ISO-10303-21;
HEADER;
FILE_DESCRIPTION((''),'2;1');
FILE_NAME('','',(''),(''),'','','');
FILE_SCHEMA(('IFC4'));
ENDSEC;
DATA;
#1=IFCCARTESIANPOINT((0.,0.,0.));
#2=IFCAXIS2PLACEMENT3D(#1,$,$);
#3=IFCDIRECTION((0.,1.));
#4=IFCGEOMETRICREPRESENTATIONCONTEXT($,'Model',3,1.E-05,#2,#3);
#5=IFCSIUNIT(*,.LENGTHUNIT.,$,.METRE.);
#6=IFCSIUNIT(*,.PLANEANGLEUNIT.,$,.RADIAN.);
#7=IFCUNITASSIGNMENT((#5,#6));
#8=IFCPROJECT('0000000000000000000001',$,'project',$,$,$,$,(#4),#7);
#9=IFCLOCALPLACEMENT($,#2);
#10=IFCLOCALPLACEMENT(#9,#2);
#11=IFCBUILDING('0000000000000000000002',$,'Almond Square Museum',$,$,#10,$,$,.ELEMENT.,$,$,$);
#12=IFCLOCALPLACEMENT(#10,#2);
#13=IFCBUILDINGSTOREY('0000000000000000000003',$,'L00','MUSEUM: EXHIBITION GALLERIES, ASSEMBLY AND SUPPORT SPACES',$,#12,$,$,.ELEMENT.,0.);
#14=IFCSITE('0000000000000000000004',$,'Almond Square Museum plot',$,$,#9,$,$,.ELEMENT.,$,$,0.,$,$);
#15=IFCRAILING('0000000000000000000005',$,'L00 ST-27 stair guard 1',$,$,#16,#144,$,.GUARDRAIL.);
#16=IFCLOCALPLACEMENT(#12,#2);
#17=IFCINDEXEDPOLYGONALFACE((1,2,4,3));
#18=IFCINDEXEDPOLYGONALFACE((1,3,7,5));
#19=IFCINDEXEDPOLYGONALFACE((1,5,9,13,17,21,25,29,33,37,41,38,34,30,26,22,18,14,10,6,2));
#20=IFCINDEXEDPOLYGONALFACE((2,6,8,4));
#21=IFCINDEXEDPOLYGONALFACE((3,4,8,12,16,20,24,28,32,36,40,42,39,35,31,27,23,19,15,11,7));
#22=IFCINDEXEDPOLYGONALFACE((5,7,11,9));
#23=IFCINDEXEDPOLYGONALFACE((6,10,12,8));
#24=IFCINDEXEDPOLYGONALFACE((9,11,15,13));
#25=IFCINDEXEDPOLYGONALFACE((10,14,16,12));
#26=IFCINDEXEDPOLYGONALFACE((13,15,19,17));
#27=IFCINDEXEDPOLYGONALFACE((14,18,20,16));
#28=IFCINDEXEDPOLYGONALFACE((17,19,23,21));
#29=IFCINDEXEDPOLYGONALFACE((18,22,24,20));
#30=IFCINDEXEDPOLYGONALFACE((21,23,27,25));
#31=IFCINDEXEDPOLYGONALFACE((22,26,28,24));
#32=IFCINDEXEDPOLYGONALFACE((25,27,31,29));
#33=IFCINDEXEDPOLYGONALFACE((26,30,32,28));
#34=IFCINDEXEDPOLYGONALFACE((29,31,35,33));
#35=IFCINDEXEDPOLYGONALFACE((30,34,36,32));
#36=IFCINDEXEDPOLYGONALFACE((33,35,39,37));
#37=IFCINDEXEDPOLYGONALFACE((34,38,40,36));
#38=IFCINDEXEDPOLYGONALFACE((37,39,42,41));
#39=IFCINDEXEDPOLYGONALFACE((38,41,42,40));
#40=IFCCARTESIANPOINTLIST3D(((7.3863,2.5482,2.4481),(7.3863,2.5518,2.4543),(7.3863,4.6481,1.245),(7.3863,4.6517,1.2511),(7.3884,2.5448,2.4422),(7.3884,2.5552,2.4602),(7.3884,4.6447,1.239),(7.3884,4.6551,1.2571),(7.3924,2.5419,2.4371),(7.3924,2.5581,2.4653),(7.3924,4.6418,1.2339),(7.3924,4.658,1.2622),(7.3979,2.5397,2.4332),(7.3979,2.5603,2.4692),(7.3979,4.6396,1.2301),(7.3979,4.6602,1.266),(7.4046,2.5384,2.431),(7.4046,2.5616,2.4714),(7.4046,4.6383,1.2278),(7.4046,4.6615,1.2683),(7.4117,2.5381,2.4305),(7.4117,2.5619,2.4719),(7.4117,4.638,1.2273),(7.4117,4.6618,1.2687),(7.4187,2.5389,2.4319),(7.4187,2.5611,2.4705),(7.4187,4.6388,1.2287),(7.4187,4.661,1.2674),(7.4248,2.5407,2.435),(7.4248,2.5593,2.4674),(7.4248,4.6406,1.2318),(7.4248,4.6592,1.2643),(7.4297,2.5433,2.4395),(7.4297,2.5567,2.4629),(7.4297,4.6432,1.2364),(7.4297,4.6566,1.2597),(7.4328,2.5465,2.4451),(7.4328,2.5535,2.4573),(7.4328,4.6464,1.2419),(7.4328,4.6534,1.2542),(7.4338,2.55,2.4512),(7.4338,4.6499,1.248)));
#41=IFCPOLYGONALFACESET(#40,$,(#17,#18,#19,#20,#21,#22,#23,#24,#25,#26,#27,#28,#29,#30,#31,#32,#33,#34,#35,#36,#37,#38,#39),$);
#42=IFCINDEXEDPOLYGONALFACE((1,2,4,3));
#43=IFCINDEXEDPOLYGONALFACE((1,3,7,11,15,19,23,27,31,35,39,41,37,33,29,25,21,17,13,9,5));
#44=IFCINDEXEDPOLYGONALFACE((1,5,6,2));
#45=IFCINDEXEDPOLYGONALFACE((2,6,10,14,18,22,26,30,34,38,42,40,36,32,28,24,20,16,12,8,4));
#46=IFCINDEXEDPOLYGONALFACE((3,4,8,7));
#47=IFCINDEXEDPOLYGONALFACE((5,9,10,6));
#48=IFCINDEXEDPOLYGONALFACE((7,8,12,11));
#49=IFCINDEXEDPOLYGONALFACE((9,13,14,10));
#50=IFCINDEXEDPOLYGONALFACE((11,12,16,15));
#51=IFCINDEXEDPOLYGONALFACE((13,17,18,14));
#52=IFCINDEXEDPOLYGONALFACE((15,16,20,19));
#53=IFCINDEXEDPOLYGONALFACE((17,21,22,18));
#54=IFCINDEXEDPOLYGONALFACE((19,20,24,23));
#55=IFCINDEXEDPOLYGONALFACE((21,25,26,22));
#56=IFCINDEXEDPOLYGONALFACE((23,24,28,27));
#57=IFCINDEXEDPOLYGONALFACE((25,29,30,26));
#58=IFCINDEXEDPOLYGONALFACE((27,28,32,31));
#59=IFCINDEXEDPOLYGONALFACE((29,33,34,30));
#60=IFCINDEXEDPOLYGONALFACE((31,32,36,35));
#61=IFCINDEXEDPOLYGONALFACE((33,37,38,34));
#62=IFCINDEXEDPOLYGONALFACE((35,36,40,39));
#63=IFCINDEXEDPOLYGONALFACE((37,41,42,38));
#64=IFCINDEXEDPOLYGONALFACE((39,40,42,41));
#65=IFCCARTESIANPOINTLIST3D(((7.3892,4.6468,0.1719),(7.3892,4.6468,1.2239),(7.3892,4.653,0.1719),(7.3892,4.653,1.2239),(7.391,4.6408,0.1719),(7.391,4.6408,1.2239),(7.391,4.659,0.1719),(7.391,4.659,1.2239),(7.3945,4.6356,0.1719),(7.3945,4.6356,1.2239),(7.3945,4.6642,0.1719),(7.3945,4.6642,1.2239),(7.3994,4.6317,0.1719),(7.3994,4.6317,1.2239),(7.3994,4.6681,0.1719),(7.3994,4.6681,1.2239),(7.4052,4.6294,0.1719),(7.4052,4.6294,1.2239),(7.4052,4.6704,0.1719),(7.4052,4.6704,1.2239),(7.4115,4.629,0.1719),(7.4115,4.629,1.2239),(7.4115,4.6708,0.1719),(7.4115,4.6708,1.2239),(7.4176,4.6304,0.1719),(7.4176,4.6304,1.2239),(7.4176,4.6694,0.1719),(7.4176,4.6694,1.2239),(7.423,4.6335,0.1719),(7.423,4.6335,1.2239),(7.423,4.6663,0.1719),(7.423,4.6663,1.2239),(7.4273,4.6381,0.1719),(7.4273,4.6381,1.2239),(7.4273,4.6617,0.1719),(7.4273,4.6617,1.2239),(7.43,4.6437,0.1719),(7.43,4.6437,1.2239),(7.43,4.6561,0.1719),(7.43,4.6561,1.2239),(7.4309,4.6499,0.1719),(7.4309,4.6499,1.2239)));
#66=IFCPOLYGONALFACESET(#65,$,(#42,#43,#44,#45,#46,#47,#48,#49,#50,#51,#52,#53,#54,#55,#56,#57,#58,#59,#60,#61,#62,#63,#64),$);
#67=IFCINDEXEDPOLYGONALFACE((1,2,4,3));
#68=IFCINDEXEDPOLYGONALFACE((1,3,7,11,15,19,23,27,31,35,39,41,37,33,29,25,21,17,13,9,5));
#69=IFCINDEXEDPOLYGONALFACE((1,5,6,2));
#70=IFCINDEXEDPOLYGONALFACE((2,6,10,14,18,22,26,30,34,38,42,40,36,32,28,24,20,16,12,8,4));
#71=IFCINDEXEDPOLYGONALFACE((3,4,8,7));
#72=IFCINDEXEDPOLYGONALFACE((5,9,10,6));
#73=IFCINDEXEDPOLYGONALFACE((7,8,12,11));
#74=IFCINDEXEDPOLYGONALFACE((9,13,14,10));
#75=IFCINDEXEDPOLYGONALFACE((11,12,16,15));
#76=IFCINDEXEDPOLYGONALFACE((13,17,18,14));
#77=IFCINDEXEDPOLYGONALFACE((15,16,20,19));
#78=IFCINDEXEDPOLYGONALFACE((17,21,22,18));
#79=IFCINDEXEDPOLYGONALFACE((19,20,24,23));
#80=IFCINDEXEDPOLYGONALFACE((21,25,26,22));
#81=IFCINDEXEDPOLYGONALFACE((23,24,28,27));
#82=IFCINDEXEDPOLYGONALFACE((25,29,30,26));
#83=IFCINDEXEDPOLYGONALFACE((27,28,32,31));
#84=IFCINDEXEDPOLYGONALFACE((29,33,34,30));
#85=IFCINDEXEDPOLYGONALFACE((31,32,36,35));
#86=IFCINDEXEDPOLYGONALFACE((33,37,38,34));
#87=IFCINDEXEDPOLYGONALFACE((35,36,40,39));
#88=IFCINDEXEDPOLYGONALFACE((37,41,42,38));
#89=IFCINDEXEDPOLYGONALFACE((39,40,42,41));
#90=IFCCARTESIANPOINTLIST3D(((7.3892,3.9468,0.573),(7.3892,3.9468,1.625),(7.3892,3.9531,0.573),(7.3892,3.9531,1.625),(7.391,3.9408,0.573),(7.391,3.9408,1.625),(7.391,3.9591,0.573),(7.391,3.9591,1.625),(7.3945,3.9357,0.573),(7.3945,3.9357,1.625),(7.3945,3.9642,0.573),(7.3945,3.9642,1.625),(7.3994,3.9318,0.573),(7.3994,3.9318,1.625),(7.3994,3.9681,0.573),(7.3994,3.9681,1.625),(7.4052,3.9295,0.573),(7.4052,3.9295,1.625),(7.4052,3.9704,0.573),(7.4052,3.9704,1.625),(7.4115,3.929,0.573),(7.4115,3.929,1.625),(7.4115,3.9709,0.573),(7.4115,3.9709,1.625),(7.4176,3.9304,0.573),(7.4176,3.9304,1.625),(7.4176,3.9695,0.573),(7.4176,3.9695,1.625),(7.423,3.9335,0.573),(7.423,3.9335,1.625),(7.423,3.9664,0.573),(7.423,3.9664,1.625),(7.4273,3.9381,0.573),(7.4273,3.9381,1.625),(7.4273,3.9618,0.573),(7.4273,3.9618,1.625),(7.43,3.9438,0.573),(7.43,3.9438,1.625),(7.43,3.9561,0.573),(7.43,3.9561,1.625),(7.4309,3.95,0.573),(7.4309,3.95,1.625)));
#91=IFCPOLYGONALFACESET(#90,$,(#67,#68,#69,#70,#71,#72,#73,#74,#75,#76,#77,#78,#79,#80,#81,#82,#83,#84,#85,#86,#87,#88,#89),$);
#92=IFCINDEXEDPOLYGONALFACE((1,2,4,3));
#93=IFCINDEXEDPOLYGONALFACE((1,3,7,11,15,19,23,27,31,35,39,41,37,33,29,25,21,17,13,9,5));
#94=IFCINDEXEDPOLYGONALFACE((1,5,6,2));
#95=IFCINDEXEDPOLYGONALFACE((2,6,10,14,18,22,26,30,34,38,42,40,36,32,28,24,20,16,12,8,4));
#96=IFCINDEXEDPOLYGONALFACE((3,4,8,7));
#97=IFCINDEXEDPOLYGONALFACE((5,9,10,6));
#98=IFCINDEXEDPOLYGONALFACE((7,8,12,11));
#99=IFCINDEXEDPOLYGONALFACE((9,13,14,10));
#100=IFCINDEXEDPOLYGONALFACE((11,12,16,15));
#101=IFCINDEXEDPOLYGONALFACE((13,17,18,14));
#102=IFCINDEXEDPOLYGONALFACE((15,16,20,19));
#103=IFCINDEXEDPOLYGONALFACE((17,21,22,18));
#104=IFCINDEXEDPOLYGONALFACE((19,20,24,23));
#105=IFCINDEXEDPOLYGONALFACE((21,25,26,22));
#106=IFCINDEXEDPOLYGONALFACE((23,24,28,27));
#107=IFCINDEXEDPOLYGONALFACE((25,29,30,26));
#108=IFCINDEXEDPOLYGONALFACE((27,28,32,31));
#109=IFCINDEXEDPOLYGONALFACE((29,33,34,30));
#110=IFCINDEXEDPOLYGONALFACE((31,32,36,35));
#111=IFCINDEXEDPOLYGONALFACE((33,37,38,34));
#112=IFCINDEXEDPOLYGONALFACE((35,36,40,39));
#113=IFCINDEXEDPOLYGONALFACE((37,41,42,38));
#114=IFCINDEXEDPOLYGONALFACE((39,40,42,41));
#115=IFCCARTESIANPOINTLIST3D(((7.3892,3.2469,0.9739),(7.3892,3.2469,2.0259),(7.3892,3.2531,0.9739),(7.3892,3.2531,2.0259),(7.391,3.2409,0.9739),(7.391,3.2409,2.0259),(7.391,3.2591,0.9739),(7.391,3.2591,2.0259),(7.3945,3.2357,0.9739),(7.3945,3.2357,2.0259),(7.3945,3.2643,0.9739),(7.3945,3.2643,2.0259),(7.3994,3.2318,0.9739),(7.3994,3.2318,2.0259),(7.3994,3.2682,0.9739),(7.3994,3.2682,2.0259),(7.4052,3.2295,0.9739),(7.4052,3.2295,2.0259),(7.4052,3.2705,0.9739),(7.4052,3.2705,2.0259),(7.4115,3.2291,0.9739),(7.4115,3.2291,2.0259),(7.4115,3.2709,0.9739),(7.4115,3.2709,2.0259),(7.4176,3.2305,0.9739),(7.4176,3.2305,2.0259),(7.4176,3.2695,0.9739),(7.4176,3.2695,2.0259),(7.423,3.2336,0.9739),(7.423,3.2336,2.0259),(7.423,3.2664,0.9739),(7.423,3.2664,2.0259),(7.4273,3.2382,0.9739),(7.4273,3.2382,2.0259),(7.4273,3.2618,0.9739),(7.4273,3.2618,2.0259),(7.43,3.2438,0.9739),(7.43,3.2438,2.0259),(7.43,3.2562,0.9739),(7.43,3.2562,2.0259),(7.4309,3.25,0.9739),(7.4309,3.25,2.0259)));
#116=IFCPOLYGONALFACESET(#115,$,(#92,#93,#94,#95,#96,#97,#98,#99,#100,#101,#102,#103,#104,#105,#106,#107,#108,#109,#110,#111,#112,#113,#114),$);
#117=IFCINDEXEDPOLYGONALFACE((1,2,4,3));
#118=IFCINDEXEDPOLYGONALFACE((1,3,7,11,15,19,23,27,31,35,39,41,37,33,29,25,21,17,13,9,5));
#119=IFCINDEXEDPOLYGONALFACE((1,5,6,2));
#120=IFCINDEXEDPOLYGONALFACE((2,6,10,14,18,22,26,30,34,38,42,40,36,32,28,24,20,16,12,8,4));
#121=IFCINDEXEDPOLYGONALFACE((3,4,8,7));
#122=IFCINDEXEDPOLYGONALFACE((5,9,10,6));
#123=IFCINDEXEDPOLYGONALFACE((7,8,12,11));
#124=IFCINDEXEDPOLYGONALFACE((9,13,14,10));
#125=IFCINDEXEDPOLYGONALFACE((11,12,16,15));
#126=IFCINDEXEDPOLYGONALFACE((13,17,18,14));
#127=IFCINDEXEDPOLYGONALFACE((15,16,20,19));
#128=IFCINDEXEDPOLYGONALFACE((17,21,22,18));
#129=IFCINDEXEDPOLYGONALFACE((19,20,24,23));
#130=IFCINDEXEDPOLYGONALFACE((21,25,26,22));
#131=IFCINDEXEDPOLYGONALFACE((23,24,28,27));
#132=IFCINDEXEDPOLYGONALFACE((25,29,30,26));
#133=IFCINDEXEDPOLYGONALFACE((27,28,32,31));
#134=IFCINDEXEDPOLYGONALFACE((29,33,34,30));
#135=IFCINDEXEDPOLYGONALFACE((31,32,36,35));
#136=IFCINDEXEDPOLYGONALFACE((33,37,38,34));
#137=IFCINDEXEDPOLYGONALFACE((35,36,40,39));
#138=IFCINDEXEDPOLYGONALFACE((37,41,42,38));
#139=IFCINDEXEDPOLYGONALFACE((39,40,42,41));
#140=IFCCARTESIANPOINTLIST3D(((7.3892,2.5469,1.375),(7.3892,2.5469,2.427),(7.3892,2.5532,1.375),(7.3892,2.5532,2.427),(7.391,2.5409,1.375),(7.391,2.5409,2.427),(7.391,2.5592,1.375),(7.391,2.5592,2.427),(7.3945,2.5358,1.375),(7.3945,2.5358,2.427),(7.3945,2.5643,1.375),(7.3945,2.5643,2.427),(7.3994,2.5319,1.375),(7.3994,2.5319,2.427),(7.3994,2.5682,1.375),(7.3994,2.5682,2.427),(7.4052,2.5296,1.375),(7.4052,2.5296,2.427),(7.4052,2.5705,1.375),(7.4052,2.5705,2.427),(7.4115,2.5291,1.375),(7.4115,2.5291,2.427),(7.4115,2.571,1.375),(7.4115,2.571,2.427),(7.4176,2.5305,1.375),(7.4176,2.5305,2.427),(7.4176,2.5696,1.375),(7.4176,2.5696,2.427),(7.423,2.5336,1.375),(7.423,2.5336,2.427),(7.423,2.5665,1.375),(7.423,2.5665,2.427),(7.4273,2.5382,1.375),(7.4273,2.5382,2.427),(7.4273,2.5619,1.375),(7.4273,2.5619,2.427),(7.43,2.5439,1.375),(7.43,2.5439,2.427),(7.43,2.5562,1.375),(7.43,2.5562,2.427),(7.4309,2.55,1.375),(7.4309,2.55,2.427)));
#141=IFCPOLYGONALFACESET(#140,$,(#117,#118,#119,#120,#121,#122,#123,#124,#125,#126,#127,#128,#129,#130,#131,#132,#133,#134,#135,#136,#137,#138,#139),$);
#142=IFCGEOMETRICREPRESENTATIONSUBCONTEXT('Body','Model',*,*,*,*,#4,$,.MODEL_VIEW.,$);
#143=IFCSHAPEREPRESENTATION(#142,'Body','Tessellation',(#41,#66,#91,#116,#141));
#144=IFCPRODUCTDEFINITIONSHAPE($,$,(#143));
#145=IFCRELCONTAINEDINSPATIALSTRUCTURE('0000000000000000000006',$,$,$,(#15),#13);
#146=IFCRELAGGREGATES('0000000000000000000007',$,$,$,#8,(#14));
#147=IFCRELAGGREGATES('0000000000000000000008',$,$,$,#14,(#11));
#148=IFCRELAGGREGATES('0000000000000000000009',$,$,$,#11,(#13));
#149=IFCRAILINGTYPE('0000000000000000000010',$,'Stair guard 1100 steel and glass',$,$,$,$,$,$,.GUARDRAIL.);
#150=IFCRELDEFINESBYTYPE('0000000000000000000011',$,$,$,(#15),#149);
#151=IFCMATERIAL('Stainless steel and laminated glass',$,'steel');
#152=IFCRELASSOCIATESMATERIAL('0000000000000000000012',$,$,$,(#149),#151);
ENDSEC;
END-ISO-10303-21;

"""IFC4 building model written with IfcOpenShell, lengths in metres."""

from ifc_helpers import new_model, si_unit, direction, frame, origin, origin_2d, place, context, subcontext, project, spatial, circle, extrude, material, type_object, element, save


model = new_model("IFC4")

# Units and contexts
model_context = context("Model", 3, precision=1e-05, world=origin(), true_north=direction((0.0, 1.0)))
body_context = subcontext(model_context, "Body", "Model", "MODEL_VIEW")
ifc_project = project(units=[si_unit("LENGTHUNIT", "METRE"), si_unit("PLANEANGLEUNIT", "RADIAN")], contexts=[model_context])

# Site, building, storey
site_placement = place(None, origin())
site = spatial("IfcSite", under=ifc_project, at=site_placement, Name="Almond Square Museum plot", CompositionType="ELEMENT", RefElevation=0.0)
building_placement = place(site_placement, origin())
building = spatial("IfcBuilding", under=site, at=building_placement, Name="Almond Square Museum", CompositionType="ELEMENT")
storey_placement = place(building_placement, origin())
storey = spatial("IfcBuildingStorey", under=building, at=storey_placement, Name="L00", Description="MUSEUM: EXHIBITION GALLERIES, ASSEMBLY AND SUPPORT SPACES", CompositionType="ELEMENT", Elevation=0.0)

# Railing
ifc_material_1 = material(Name="Stainless steel and laminated glass", Category="steel")
railing_type_1 = type_object("IfcRailingType", Name="Stair guard 1100 steel and glass", PredefinedType="GUARDRAIL", material=ifc_material_1)
railing_1_placement = place(storey_placement, frame((7.4099, 4.6499, 0.1719)))
element("IfcRailing", 1, at=railing_1_placement, inside=storey, type_object=railing_type_1, Name="L00 ST-27 stair guard 1", PredefinedType="GUARDRAIL", context=body_context, shape_type="SweptSolid", body=[
    extrude(circle(Radius=0.0239, at=origin_2d()), frame((0.0, 0.0, 1.0762), z_axis=(0.0, -0.867671, 0.497138), x_axis=(1.0, 0.0, 0.0)), (0.0, 0.0, 1.0), 2.4202),
    extrude(circle(Radius=0.021, at=origin_2d()), origin(), (0.0, 0.0, 1.0), 1.052),
    extrude(circle(Radius=0.021, at=origin_2d()), frame((0.0, -0.7, 0.4011)), (0.0, 0.0, 1.0), 1.052),
    extrude(circle(Radius=0.021, at=origin_2d()), frame((0.0, -1.3999, 0.802)), (0.0, 0.0, 1.0), 1.052),
    extrude(circle(Radius=0.021, at=origin_2d()), frame((0.0, -2.0999, 1.2031)), (0.0, 0.0, 1.0), 1.052),
])

save(model, "model.ifc")
